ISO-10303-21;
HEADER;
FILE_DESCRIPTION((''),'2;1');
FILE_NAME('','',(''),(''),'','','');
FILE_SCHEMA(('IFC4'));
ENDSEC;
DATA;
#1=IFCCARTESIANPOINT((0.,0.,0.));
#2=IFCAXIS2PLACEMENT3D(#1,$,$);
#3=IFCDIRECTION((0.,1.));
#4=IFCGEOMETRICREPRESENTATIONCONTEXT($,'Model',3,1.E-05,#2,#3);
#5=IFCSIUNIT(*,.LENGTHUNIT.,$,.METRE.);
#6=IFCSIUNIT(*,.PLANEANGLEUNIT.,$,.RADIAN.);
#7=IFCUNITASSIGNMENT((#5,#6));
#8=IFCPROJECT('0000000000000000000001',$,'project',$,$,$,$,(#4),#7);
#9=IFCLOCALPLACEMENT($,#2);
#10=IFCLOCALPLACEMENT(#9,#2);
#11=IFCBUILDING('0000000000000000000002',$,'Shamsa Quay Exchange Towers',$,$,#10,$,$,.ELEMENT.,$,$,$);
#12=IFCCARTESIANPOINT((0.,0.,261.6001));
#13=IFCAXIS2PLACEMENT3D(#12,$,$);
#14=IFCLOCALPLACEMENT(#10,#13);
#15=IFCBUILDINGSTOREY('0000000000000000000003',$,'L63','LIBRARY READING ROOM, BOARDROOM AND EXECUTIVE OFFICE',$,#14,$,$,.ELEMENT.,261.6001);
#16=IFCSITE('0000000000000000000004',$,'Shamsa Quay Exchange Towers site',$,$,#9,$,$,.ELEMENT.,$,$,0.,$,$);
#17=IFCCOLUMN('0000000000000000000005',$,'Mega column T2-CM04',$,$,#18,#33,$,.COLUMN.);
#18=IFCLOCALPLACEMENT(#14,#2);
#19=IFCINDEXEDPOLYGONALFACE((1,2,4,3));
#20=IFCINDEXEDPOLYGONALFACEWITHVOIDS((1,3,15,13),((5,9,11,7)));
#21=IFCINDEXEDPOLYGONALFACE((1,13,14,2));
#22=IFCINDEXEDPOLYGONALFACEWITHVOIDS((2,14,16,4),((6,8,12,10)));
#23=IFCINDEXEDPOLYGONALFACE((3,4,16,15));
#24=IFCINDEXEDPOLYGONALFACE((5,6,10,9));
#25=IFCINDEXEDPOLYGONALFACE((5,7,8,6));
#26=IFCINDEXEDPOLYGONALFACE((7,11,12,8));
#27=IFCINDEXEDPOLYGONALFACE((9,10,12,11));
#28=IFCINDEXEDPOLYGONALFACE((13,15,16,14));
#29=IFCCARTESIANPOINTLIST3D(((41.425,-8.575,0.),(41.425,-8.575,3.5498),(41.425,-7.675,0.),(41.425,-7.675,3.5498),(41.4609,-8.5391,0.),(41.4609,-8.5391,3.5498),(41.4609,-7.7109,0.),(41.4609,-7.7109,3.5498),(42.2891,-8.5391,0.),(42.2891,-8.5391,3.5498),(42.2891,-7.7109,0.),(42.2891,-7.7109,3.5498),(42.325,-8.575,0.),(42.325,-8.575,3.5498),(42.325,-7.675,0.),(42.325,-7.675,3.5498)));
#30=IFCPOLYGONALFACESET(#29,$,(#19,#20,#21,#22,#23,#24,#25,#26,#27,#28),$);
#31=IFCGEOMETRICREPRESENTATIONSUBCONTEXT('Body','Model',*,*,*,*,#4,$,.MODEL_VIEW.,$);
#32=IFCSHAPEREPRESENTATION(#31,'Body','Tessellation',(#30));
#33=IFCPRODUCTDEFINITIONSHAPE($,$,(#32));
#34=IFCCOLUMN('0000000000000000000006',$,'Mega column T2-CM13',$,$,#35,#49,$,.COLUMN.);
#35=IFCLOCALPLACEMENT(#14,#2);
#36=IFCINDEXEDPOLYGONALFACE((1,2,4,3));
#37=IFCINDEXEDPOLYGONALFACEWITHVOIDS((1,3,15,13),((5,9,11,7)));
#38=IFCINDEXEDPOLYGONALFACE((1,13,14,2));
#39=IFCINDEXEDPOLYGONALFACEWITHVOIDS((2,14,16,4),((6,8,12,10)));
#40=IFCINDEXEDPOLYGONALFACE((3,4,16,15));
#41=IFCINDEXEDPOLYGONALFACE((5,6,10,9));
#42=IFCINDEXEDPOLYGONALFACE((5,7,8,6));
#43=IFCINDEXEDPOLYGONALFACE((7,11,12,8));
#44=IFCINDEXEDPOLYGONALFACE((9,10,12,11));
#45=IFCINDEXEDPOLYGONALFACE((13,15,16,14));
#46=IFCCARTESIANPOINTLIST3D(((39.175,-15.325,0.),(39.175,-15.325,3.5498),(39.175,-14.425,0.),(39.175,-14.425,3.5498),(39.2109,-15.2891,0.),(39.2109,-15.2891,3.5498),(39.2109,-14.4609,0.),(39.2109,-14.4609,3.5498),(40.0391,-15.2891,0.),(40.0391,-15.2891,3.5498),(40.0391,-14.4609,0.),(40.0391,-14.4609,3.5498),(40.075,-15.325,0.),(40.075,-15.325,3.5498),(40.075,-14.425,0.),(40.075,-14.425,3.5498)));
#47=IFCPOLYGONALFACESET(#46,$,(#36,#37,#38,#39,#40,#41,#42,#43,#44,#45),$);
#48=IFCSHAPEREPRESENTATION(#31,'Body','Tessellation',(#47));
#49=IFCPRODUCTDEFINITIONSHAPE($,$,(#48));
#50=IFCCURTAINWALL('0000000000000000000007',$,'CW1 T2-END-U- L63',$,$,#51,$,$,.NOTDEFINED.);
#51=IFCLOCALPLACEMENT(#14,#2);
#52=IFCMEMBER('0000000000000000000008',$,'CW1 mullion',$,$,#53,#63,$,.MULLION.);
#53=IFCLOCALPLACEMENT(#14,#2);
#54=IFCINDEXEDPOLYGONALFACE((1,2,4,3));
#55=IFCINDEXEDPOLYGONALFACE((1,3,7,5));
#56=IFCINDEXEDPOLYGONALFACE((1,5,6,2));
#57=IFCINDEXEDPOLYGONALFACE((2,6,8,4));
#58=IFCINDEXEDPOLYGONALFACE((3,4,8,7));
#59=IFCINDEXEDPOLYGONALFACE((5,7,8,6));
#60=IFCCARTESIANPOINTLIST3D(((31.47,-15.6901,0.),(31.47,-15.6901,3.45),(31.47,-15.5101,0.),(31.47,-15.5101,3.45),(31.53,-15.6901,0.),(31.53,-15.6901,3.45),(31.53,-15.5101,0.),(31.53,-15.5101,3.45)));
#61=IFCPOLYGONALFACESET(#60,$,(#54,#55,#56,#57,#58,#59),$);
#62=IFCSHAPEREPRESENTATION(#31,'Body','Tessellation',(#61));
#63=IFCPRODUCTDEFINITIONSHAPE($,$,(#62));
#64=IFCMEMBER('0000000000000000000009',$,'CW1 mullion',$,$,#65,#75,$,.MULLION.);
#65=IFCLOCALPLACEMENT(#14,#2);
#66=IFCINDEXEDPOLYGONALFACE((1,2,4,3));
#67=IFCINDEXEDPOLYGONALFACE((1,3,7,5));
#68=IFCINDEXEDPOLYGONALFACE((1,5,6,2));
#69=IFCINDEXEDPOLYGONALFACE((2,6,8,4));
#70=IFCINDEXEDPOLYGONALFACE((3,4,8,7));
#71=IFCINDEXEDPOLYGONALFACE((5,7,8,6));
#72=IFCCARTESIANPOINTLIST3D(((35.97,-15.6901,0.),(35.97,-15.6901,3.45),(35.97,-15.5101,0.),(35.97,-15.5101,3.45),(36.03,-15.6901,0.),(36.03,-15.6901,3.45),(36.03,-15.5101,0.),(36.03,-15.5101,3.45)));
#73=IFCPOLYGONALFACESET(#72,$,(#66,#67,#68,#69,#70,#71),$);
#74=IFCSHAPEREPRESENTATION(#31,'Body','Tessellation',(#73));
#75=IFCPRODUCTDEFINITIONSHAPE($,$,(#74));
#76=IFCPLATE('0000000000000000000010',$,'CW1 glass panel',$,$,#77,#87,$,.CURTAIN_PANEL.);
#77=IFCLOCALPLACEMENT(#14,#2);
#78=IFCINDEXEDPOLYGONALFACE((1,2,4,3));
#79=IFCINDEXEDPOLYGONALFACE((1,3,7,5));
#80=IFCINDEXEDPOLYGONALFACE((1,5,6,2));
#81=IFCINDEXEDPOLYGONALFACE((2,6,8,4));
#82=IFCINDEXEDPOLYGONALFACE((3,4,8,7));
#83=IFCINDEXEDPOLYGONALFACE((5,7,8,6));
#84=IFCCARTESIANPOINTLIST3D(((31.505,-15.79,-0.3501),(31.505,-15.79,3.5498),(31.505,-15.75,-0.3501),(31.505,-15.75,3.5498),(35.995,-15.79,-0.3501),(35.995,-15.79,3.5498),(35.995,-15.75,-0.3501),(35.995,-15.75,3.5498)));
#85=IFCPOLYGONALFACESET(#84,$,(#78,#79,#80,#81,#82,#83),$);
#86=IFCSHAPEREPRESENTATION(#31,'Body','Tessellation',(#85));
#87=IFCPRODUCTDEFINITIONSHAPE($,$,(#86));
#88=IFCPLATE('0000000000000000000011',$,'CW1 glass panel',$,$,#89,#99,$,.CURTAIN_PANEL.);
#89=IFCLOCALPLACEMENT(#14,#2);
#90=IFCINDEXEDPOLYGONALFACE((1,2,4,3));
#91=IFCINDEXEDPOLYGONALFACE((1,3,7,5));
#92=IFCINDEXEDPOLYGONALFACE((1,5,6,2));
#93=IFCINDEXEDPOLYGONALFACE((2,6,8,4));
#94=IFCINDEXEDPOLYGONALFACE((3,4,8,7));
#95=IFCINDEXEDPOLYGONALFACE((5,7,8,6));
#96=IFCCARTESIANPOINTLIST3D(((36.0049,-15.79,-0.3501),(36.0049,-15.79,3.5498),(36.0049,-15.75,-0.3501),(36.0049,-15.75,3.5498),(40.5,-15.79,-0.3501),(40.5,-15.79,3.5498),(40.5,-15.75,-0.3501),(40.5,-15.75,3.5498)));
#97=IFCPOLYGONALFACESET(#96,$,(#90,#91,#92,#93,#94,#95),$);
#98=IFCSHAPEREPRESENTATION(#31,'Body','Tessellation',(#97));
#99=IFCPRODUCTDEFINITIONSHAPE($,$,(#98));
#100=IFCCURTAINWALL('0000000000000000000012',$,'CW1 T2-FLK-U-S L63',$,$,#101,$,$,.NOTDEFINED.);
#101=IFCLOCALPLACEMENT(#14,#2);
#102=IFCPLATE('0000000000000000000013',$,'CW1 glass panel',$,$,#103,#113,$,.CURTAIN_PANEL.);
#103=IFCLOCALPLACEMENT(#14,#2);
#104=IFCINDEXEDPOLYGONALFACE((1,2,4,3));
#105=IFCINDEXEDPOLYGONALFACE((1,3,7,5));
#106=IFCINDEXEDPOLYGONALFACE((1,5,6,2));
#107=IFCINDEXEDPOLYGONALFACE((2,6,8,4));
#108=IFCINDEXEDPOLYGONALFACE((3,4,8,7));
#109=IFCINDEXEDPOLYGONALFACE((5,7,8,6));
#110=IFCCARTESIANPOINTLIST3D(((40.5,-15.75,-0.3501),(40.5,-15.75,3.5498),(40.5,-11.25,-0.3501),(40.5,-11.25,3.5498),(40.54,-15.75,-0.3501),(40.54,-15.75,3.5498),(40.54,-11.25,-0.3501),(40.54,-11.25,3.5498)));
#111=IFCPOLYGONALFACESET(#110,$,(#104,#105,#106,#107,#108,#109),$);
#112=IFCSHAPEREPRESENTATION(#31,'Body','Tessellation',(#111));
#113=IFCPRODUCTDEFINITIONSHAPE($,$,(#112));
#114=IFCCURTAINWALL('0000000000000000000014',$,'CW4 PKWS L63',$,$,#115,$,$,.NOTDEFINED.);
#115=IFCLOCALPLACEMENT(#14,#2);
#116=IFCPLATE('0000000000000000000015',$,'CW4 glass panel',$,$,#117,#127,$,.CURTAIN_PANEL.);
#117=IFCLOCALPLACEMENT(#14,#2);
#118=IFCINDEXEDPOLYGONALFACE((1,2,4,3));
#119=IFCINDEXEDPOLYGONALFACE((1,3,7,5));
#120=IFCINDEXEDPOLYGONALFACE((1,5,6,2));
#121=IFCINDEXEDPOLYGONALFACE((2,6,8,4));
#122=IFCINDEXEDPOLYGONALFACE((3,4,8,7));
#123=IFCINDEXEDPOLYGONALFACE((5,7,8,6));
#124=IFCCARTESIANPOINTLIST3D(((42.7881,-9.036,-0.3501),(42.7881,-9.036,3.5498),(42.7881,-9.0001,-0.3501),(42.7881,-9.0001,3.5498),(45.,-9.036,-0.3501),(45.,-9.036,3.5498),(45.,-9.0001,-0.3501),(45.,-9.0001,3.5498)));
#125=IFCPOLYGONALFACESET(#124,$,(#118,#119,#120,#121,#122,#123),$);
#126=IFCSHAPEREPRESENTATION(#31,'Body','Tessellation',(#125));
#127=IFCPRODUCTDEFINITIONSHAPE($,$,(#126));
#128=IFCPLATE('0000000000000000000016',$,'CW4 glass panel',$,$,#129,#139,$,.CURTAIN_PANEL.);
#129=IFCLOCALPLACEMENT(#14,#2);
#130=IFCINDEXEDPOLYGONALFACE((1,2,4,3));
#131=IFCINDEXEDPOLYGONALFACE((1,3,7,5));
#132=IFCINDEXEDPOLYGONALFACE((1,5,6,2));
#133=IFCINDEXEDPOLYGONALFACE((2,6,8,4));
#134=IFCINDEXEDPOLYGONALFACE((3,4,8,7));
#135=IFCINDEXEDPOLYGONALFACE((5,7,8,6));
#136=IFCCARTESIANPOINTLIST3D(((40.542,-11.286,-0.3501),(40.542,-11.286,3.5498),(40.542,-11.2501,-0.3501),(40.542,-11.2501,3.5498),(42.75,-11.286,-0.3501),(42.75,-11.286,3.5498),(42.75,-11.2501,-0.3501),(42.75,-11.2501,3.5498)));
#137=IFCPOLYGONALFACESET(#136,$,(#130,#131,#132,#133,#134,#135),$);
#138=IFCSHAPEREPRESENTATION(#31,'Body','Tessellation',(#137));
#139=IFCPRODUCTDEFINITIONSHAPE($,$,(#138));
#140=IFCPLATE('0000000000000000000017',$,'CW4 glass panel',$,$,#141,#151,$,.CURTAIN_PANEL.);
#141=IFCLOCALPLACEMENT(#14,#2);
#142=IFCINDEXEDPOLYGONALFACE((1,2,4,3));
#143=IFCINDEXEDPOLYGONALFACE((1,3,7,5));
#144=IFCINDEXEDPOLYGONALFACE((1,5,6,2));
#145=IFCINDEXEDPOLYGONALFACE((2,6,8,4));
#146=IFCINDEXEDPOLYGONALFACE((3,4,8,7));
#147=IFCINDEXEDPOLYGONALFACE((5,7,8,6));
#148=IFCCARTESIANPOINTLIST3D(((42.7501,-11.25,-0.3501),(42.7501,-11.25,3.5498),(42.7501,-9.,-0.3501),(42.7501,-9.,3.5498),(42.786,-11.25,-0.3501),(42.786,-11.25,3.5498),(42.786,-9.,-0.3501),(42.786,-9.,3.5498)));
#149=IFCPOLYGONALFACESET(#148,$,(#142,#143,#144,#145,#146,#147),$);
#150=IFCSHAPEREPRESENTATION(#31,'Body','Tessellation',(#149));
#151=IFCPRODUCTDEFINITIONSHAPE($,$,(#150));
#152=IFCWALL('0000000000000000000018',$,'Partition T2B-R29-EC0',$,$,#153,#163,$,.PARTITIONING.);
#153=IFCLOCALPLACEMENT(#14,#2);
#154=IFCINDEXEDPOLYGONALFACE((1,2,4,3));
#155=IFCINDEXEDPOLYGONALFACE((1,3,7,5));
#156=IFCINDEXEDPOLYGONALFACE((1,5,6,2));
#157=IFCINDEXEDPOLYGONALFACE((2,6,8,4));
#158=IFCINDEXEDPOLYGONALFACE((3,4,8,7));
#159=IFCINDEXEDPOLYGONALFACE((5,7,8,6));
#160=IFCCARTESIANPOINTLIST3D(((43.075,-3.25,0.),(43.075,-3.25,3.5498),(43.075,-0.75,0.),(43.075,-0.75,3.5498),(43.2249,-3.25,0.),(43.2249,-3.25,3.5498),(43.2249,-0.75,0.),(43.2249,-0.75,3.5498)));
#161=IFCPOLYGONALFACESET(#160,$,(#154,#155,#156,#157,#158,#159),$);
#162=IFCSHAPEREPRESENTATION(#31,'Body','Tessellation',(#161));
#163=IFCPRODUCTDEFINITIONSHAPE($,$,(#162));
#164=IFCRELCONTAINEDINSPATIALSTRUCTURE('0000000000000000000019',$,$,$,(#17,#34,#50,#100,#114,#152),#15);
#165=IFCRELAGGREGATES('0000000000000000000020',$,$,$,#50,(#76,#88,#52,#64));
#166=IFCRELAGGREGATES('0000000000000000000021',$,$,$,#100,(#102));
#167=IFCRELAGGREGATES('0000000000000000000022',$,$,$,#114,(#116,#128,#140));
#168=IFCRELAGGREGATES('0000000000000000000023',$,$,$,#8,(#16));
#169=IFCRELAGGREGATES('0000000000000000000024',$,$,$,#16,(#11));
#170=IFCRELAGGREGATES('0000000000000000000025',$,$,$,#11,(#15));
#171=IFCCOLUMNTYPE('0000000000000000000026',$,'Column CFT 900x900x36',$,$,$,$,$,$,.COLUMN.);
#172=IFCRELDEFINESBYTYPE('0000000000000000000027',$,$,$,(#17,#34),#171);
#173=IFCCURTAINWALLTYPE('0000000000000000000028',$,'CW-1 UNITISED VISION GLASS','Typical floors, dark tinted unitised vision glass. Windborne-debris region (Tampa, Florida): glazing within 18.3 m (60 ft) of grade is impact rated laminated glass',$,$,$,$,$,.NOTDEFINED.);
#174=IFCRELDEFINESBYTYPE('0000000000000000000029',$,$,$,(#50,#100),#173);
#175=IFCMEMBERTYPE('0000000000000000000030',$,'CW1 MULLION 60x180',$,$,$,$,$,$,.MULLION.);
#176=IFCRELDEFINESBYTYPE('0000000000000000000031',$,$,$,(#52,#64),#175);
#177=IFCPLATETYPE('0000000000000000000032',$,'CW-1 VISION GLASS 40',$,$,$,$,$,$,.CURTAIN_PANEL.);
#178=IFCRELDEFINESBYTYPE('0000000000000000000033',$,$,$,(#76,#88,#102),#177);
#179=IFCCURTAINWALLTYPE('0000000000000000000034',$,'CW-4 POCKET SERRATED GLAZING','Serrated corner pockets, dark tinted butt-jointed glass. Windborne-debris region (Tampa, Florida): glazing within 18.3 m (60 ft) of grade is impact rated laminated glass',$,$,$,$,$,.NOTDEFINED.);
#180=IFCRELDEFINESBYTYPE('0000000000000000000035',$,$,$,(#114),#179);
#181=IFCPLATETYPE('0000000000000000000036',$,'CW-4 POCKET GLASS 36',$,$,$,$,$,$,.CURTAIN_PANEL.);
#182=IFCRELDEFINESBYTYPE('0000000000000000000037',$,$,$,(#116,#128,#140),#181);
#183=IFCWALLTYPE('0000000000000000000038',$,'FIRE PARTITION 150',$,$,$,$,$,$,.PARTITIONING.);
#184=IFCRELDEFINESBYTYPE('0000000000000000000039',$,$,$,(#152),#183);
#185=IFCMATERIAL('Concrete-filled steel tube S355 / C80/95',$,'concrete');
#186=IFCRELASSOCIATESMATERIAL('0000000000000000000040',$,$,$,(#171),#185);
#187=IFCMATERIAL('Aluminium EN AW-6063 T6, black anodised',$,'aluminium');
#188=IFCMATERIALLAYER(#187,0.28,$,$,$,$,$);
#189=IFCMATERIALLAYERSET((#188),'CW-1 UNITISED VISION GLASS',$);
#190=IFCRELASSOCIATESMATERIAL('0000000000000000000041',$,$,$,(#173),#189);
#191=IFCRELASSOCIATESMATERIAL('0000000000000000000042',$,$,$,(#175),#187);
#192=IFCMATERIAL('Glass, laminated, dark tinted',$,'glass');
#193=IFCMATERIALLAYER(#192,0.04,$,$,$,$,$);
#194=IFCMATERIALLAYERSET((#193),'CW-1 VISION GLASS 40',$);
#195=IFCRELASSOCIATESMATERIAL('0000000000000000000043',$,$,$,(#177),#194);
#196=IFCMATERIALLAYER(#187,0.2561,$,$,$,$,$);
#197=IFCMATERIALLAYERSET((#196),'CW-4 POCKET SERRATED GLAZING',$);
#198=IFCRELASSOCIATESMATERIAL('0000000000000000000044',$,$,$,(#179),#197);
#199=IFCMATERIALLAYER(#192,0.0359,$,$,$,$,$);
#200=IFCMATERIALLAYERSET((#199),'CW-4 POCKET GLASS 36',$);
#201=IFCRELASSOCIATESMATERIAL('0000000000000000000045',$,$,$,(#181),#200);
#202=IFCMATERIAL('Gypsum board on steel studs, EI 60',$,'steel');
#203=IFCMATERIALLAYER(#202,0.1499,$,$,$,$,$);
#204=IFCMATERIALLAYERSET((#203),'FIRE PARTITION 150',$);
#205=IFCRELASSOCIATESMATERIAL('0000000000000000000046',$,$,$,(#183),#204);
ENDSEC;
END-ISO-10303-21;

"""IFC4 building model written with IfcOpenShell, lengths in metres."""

from ifc_helpers import new_model, si_unit, direction, frame, frame_2d, origin, origin_2d, place, context, subcontext, project, spatial, rectangle, hollow_rectangle, extrude, material, layer, layer_set, material_profile, profile_set, type_object, element, aggregate, save


model = new_model("IFC4")

# Units and contexts
model_context = context("Model", 3, precision=1e-05, world=origin(), true_north=direction((0.0, 1.0)))
body_context = subcontext(model_context, "Body", "Model", "MODEL_VIEW")
ifc_project = project(units=[si_unit("LENGTHUNIT", "METRE"), si_unit("PLANEANGLEUNIT", "RADIAN")], contexts=[model_context])

# Site, building, storey
site_placement = place(None, origin())
site = spatial("IfcSite", under=ifc_project, at=site_placement, Name="Shamsa Quay Exchange Towers site", CompositionType="ELEMENT", RefElevation=0.0)
building_placement = place(site_placement, origin())
building = spatial("IfcBuilding", under=site, at=building_placement, Name="Shamsa Quay Exchange Towers", CompositionType="ELEMENT")
storey_placement = place(building_placement, frame((0.0, 0.0, 261.6001)))
storey = spatial("IfcBuildingStorey", under=building, at=storey_placement, Name="L63", Description="LIBRARY READING ROOM, BOARDROOM AND EXECUTIVE OFFICE", CompositionType="ELEMENT", Elevation=261.6001)

# Columns
ifc_material_1 = material(Name="Concrete-filled steel tube S355 / C80/95", Category="concrete")
ifc_material_profile_1 = material_profile(ifc_material_1, hollow_rectangle(XDim=0.8999, YDim=0.8999, WallThickness=0.0359, at=origin_2d()), Name="CFT 900x900x36")
ifc_profile_set_1 = profile_set([ifc_material_profile_1], Name="Concrete-filled steel tube S355 / C80/95")
column_type = type_object("IfcColumnType", Name="Column CFT 900x900x36", PredefinedType="COLUMN", material=ifc_profile_set_1)
for number, where, name in (
    (1, (41.875, -8.125, 0.0), "Mega column T2-CM04"),
    (2, (39.625, -14.875, 0.0), "Mega column T2-CM13"),
):
    element("IfcColumn", number, at=place(storey_placement, frame(where)), inside=storey, type_object=column_type, Name=name, PredefinedType="COLUMN", context=body_context, shape_type="SweptSolid", body=[
        extrude(hollow_rectangle(XDim=0.8999, YDim=0.8999, WallThickness=0.0359, at=origin_2d()), origin(), (0.0, 0.0, 1.0), 3.5498),
    ])

# Curtain wall, members, plates
ifc_material_2 = material(Name="Aluminium EN AW-6063 T6, black anodised", Category="aluminium")
ifc_layer_1 = layer(ifc_material_2, 0.28)
ifc_layer_set_1 = layer_set([ifc_layer_1], Name="CW-1 UNITISED VISION GLASS")
curtain_wall_type_1 = type_object("IfcCurtainWallType", Name="CW-1 UNITISED VISION GLASS", Description="Typical floors, dark tinted unitised vision glass. Windborne-debris region (Tampa, Florida): glazing within 18.3 m (60 ft) of grade is impact rated laminated glass", PredefinedType="NOTDEFINED", material=ifc_layer_set_1)
curtain_wall_1_placement = place(storey_placement, origin())
curtain_wall_1 = element("IfcCurtainWall", 3, at=curtain_wall_1_placement, inside=storey, type_object=curtain_wall_type_1, Name="CW1 T2-END-U- L63", PredefinedType="NOTDEFINED")
ifc_material_profile_2 = material_profile(ifc_material_2, rectangle(XDim=0.1799, YDim=0.0601, at=origin_2d()), Name="MU60x180")
ifc_profile_set_2 = profile_set([ifc_material_profile_2], Name="Aluminium EN AW-6063 T6, black anodised")
member_type = type_object("IfcMemberType", Name="CW1 MULLION 60x180", PredefinedType="MULLION", material=ifc_profile_set_2)
member_1_placement = place(storey_placement, frame((31.5, -15.6001, 0.0), z_axis=(0.0, 0.0, 1.0), x_axis=(0.0, 1.0, 0.0)))
member_1 = element("IfcMember", 4, at=member_1_placement, type_object=member_type, Name="CW1 mullion", PredefinedType="MULLION", context=body_context, shape_type="SweptSolid", body=[
    extrude(rectangle(XDim=0.1799, YDim=0.0601, at=origin_2d()), origin(), (0.0, 0.0, 1.0), 3.45),
])
member_2_placement = place(storey_placement, frame((36.0, -15.6001, 0.0), z_axis=(0.0, 0.0, 1.0), x_axis=(0.0, 1.0, 0.0)))
member_2 = element("IfcMember", 5, at=member_2_placement, type_object=member_type, Name="CW1 mullion", PredefinedType="MULLION", context=body_context, shape_type="SweptSolid", body=[
    extrude(rectangle(XDim=0.1799, YDim=0.0601, at=origin_2d()), origin(), (0.0, 0.0, 1.0), 3.45),
])
ifc_material_3 = material(Name="Glass, laminated, dark tinted", Category="glass")
ifc_layer_2 = layer(ifc_material_3, 0.04)
ifc_layer_set_2 = layer_set([ifc_layer_2], Name="CW-1 VISION GLASS 40")
plate_type_1 = type_object("IfcPlateType", Name="CW-1 VISION GLASS 40", PredefinedType="CURTAIN_PANEL", material=ifc_layer_set_2)
plate_1_placement = place(storey_placement, frame((33.75, -15.77, -0.3501)))
plate_1 = element("IfcPlate", 6, at=plate_1_placement, type_object=plate_type_1, Name="CW1 glass panel", PredefinedType="CURTAIN_PANEL", context=body_context, shape_type="SweptSolid", body=[
    extrude(rectangle(XDim=4.49, YDim=0.04, at=origin_2d()), origin(), (0.0, 0.0, 1.0), 3.8999),
])
plate_2_placement = place(storey_placement, frame((38.2524, -15.77, -0.3501)))
plate_2 = element("IfcPlate", 7, at=plate_2_placement, type_object=plate_type_1, Name="CW1 glass panel", PredefinedType="CURTAIN_PANEL", context=body_context, shape_type="SweptSolid", body=[
    extrude(rectangle(XDim=4.4951, YDim=0.04, at=origin_2d()), origin(), (0.0, 0.0, 1.0), 3.8999),
])
aggregate(curtain_wall_1, [plate_1, plate_2, member_1, member_2])

# Curtain wall, plate
curtain_wall_2_placement = place(storey_placement, origin())
curtain_wall_2 = element("IfcCurtainWall", 8, at=curtain_wall_2_placement, inside=storey, type_object=curtain_wall_type_1, Name="CW1 T2-FLK-U-S L63", PredefinedType="NOTDEFINED")
plate_3_placement = place(storey_placement, frame((40.52, -13.5, -0.3501), z_axis=(0.0, 0.0, 1.0), x_axis=(0.0, 1.0, 0.0)))
plate_3 = element("IfcPlate", 9, at=plate_3_placement, type_object=plate_type_1, Name="CW1 glass panel", PredefinedType="CURTAIN_PANEL", context=body_context, shape_type="SweptSolid", body=[
    extrude(rectangle(XDim=4.5, YDim=0.04, at=origin_2d()), origin(), (0.0, 0.0, 1.0), 3.8999),
])
aggregate(curtain_wall_2, [plate_3])

# Curtain wall, plates
ifc_layer_3 = layer(ifc_material_2, 0.2561)
ifc_layer_set_3 = layer_set([ifc_layer_3], Name="CW-4 POCKET SERRATED GLAZING")
curtain_wall_type_2 = type_object("IfcCurtainWallType", Name="CW-4 POCKET SERRATED GLAZING", Description="Serrated corner pockets, dark tinted butt-jointed glass. Windborne-debris region (Tampa, Florida): glazing within 18.3 m (60 ft) of grade is impact rated laminated glass", PredefinedType="NOTDEFINED", material=ifc_layer_set_3)
curtain_wall_3_placement = place(storey_placement, origin())
curtain_wall_3 = element("IfcCurtainWall", 10, at=curtain_wall_3_placement, inside=storey, type_object=curtain_wall_type_2, Name="CW4 PKWS L63", PredefinedType="NOTDEFINED")
ifc_layer_4 = layer(ifc_material_3, 0.0359)
ifc_layer_set_4 = layer_set([ifc_layer_4], Name="CW-4 POCKET GLASS 36")
plate_type_2 = type_object("IfcPlateType", Name="CW-4 POCKET GLASS 36", PredefinedType="CURTAIN_PANEL", material=ifc_layer_set_4)
plate_4_placement = place(storey_placement, frame((43.894, -9.0181, -0.3501)))
plate_4 = element("IfcPlate", 11, at=plate_4_placement, type_object=plate_type_2, Name="CW4 glass panel", PredefinedType="CURTAIN_PANEL", context=body_context, shape_type="SweptSolid", body=[
    extrude(rectangle(XDim=2.2119, YDim=0.0359, at=origin_2d()), origin(), (0.0, 0.0, 1.0), 3.8999),
])
plate_5_placement = place(storey_placement, frame((41.646, -11.2681, -0.3501)))
plate_5 = element("IfcPlate", 12, at=plate_5_placement, type_object=plate_type_2, Name="CW4 glass panel", PredefinedType="CURTAIN_PANEL", context=body_context, shape_type="SweptSolid", body=[
    extrude(rectangle(XDim=2.208, YDim=0.0359, at=origin_2d()), origin(), (0.0, 0.0, 1.0), 3.8999),
])
plate_6_placement = place(storey_placement, frame((42.7681, -10.125, -0.3501), z_axis=(0.0, 0.0, 1.0), x_axis=(0.0, 1.0, 0.0)))
plate_6 = element("IfcPlate", 13, at=plate_6_placement, type_object=plate_type_2, Name="CW4 glass panel", PredefinedType="CURTAIN_PANEL", context=body_context, shape_type="SweptSolid", body=[
    extrude(rectangle(XDim=2.25, YDim=0.0359, at=origin_2d()), origin(), (0.0, 0.0, 1.0), 3.8999),
])
aggregate(curtain_wall_3, [plate_4, plate_5, plate_6])

# Wall
ifc_material_4 = material(Name="Gypsum board on steel studs, EI 60", Category="steel")
ifc_layer_5 = layer(ifc_material_4, 0.1499)
ifc_layer_set_5 = layer_set([ifc_layer_5], Name="FIRE PARTITION 150")
wall_type_1 = type_object("IfcWallType", Name="FIRE PARTITION 150", PredefinedType="PARTITIONING", material=ifc_layer_set_5)
wall_1_placement = place(storey_placement, frame((43.1499, -3.25, 0.0), z_axis=(0.0, 0.0, 1.0), x_axis=(0.0, 1.0, 0.0)))
element("IfcWall", 14, at=wall_1_placement, inside=storey, type_object=wall_type_1, Name="Partition T2B-R29-EC0", PredefinedType="PARTITIONING", context=body_context, shape_type="SweptSolid", body=[
    extrude(rectangle(XDim=2.5, YDim=0.1499, at=frame_2d((1.25, 0.0))), origin(), (0.0, 0.0, 1.0), 3.5498),
])

save(model, "model.ifc")
